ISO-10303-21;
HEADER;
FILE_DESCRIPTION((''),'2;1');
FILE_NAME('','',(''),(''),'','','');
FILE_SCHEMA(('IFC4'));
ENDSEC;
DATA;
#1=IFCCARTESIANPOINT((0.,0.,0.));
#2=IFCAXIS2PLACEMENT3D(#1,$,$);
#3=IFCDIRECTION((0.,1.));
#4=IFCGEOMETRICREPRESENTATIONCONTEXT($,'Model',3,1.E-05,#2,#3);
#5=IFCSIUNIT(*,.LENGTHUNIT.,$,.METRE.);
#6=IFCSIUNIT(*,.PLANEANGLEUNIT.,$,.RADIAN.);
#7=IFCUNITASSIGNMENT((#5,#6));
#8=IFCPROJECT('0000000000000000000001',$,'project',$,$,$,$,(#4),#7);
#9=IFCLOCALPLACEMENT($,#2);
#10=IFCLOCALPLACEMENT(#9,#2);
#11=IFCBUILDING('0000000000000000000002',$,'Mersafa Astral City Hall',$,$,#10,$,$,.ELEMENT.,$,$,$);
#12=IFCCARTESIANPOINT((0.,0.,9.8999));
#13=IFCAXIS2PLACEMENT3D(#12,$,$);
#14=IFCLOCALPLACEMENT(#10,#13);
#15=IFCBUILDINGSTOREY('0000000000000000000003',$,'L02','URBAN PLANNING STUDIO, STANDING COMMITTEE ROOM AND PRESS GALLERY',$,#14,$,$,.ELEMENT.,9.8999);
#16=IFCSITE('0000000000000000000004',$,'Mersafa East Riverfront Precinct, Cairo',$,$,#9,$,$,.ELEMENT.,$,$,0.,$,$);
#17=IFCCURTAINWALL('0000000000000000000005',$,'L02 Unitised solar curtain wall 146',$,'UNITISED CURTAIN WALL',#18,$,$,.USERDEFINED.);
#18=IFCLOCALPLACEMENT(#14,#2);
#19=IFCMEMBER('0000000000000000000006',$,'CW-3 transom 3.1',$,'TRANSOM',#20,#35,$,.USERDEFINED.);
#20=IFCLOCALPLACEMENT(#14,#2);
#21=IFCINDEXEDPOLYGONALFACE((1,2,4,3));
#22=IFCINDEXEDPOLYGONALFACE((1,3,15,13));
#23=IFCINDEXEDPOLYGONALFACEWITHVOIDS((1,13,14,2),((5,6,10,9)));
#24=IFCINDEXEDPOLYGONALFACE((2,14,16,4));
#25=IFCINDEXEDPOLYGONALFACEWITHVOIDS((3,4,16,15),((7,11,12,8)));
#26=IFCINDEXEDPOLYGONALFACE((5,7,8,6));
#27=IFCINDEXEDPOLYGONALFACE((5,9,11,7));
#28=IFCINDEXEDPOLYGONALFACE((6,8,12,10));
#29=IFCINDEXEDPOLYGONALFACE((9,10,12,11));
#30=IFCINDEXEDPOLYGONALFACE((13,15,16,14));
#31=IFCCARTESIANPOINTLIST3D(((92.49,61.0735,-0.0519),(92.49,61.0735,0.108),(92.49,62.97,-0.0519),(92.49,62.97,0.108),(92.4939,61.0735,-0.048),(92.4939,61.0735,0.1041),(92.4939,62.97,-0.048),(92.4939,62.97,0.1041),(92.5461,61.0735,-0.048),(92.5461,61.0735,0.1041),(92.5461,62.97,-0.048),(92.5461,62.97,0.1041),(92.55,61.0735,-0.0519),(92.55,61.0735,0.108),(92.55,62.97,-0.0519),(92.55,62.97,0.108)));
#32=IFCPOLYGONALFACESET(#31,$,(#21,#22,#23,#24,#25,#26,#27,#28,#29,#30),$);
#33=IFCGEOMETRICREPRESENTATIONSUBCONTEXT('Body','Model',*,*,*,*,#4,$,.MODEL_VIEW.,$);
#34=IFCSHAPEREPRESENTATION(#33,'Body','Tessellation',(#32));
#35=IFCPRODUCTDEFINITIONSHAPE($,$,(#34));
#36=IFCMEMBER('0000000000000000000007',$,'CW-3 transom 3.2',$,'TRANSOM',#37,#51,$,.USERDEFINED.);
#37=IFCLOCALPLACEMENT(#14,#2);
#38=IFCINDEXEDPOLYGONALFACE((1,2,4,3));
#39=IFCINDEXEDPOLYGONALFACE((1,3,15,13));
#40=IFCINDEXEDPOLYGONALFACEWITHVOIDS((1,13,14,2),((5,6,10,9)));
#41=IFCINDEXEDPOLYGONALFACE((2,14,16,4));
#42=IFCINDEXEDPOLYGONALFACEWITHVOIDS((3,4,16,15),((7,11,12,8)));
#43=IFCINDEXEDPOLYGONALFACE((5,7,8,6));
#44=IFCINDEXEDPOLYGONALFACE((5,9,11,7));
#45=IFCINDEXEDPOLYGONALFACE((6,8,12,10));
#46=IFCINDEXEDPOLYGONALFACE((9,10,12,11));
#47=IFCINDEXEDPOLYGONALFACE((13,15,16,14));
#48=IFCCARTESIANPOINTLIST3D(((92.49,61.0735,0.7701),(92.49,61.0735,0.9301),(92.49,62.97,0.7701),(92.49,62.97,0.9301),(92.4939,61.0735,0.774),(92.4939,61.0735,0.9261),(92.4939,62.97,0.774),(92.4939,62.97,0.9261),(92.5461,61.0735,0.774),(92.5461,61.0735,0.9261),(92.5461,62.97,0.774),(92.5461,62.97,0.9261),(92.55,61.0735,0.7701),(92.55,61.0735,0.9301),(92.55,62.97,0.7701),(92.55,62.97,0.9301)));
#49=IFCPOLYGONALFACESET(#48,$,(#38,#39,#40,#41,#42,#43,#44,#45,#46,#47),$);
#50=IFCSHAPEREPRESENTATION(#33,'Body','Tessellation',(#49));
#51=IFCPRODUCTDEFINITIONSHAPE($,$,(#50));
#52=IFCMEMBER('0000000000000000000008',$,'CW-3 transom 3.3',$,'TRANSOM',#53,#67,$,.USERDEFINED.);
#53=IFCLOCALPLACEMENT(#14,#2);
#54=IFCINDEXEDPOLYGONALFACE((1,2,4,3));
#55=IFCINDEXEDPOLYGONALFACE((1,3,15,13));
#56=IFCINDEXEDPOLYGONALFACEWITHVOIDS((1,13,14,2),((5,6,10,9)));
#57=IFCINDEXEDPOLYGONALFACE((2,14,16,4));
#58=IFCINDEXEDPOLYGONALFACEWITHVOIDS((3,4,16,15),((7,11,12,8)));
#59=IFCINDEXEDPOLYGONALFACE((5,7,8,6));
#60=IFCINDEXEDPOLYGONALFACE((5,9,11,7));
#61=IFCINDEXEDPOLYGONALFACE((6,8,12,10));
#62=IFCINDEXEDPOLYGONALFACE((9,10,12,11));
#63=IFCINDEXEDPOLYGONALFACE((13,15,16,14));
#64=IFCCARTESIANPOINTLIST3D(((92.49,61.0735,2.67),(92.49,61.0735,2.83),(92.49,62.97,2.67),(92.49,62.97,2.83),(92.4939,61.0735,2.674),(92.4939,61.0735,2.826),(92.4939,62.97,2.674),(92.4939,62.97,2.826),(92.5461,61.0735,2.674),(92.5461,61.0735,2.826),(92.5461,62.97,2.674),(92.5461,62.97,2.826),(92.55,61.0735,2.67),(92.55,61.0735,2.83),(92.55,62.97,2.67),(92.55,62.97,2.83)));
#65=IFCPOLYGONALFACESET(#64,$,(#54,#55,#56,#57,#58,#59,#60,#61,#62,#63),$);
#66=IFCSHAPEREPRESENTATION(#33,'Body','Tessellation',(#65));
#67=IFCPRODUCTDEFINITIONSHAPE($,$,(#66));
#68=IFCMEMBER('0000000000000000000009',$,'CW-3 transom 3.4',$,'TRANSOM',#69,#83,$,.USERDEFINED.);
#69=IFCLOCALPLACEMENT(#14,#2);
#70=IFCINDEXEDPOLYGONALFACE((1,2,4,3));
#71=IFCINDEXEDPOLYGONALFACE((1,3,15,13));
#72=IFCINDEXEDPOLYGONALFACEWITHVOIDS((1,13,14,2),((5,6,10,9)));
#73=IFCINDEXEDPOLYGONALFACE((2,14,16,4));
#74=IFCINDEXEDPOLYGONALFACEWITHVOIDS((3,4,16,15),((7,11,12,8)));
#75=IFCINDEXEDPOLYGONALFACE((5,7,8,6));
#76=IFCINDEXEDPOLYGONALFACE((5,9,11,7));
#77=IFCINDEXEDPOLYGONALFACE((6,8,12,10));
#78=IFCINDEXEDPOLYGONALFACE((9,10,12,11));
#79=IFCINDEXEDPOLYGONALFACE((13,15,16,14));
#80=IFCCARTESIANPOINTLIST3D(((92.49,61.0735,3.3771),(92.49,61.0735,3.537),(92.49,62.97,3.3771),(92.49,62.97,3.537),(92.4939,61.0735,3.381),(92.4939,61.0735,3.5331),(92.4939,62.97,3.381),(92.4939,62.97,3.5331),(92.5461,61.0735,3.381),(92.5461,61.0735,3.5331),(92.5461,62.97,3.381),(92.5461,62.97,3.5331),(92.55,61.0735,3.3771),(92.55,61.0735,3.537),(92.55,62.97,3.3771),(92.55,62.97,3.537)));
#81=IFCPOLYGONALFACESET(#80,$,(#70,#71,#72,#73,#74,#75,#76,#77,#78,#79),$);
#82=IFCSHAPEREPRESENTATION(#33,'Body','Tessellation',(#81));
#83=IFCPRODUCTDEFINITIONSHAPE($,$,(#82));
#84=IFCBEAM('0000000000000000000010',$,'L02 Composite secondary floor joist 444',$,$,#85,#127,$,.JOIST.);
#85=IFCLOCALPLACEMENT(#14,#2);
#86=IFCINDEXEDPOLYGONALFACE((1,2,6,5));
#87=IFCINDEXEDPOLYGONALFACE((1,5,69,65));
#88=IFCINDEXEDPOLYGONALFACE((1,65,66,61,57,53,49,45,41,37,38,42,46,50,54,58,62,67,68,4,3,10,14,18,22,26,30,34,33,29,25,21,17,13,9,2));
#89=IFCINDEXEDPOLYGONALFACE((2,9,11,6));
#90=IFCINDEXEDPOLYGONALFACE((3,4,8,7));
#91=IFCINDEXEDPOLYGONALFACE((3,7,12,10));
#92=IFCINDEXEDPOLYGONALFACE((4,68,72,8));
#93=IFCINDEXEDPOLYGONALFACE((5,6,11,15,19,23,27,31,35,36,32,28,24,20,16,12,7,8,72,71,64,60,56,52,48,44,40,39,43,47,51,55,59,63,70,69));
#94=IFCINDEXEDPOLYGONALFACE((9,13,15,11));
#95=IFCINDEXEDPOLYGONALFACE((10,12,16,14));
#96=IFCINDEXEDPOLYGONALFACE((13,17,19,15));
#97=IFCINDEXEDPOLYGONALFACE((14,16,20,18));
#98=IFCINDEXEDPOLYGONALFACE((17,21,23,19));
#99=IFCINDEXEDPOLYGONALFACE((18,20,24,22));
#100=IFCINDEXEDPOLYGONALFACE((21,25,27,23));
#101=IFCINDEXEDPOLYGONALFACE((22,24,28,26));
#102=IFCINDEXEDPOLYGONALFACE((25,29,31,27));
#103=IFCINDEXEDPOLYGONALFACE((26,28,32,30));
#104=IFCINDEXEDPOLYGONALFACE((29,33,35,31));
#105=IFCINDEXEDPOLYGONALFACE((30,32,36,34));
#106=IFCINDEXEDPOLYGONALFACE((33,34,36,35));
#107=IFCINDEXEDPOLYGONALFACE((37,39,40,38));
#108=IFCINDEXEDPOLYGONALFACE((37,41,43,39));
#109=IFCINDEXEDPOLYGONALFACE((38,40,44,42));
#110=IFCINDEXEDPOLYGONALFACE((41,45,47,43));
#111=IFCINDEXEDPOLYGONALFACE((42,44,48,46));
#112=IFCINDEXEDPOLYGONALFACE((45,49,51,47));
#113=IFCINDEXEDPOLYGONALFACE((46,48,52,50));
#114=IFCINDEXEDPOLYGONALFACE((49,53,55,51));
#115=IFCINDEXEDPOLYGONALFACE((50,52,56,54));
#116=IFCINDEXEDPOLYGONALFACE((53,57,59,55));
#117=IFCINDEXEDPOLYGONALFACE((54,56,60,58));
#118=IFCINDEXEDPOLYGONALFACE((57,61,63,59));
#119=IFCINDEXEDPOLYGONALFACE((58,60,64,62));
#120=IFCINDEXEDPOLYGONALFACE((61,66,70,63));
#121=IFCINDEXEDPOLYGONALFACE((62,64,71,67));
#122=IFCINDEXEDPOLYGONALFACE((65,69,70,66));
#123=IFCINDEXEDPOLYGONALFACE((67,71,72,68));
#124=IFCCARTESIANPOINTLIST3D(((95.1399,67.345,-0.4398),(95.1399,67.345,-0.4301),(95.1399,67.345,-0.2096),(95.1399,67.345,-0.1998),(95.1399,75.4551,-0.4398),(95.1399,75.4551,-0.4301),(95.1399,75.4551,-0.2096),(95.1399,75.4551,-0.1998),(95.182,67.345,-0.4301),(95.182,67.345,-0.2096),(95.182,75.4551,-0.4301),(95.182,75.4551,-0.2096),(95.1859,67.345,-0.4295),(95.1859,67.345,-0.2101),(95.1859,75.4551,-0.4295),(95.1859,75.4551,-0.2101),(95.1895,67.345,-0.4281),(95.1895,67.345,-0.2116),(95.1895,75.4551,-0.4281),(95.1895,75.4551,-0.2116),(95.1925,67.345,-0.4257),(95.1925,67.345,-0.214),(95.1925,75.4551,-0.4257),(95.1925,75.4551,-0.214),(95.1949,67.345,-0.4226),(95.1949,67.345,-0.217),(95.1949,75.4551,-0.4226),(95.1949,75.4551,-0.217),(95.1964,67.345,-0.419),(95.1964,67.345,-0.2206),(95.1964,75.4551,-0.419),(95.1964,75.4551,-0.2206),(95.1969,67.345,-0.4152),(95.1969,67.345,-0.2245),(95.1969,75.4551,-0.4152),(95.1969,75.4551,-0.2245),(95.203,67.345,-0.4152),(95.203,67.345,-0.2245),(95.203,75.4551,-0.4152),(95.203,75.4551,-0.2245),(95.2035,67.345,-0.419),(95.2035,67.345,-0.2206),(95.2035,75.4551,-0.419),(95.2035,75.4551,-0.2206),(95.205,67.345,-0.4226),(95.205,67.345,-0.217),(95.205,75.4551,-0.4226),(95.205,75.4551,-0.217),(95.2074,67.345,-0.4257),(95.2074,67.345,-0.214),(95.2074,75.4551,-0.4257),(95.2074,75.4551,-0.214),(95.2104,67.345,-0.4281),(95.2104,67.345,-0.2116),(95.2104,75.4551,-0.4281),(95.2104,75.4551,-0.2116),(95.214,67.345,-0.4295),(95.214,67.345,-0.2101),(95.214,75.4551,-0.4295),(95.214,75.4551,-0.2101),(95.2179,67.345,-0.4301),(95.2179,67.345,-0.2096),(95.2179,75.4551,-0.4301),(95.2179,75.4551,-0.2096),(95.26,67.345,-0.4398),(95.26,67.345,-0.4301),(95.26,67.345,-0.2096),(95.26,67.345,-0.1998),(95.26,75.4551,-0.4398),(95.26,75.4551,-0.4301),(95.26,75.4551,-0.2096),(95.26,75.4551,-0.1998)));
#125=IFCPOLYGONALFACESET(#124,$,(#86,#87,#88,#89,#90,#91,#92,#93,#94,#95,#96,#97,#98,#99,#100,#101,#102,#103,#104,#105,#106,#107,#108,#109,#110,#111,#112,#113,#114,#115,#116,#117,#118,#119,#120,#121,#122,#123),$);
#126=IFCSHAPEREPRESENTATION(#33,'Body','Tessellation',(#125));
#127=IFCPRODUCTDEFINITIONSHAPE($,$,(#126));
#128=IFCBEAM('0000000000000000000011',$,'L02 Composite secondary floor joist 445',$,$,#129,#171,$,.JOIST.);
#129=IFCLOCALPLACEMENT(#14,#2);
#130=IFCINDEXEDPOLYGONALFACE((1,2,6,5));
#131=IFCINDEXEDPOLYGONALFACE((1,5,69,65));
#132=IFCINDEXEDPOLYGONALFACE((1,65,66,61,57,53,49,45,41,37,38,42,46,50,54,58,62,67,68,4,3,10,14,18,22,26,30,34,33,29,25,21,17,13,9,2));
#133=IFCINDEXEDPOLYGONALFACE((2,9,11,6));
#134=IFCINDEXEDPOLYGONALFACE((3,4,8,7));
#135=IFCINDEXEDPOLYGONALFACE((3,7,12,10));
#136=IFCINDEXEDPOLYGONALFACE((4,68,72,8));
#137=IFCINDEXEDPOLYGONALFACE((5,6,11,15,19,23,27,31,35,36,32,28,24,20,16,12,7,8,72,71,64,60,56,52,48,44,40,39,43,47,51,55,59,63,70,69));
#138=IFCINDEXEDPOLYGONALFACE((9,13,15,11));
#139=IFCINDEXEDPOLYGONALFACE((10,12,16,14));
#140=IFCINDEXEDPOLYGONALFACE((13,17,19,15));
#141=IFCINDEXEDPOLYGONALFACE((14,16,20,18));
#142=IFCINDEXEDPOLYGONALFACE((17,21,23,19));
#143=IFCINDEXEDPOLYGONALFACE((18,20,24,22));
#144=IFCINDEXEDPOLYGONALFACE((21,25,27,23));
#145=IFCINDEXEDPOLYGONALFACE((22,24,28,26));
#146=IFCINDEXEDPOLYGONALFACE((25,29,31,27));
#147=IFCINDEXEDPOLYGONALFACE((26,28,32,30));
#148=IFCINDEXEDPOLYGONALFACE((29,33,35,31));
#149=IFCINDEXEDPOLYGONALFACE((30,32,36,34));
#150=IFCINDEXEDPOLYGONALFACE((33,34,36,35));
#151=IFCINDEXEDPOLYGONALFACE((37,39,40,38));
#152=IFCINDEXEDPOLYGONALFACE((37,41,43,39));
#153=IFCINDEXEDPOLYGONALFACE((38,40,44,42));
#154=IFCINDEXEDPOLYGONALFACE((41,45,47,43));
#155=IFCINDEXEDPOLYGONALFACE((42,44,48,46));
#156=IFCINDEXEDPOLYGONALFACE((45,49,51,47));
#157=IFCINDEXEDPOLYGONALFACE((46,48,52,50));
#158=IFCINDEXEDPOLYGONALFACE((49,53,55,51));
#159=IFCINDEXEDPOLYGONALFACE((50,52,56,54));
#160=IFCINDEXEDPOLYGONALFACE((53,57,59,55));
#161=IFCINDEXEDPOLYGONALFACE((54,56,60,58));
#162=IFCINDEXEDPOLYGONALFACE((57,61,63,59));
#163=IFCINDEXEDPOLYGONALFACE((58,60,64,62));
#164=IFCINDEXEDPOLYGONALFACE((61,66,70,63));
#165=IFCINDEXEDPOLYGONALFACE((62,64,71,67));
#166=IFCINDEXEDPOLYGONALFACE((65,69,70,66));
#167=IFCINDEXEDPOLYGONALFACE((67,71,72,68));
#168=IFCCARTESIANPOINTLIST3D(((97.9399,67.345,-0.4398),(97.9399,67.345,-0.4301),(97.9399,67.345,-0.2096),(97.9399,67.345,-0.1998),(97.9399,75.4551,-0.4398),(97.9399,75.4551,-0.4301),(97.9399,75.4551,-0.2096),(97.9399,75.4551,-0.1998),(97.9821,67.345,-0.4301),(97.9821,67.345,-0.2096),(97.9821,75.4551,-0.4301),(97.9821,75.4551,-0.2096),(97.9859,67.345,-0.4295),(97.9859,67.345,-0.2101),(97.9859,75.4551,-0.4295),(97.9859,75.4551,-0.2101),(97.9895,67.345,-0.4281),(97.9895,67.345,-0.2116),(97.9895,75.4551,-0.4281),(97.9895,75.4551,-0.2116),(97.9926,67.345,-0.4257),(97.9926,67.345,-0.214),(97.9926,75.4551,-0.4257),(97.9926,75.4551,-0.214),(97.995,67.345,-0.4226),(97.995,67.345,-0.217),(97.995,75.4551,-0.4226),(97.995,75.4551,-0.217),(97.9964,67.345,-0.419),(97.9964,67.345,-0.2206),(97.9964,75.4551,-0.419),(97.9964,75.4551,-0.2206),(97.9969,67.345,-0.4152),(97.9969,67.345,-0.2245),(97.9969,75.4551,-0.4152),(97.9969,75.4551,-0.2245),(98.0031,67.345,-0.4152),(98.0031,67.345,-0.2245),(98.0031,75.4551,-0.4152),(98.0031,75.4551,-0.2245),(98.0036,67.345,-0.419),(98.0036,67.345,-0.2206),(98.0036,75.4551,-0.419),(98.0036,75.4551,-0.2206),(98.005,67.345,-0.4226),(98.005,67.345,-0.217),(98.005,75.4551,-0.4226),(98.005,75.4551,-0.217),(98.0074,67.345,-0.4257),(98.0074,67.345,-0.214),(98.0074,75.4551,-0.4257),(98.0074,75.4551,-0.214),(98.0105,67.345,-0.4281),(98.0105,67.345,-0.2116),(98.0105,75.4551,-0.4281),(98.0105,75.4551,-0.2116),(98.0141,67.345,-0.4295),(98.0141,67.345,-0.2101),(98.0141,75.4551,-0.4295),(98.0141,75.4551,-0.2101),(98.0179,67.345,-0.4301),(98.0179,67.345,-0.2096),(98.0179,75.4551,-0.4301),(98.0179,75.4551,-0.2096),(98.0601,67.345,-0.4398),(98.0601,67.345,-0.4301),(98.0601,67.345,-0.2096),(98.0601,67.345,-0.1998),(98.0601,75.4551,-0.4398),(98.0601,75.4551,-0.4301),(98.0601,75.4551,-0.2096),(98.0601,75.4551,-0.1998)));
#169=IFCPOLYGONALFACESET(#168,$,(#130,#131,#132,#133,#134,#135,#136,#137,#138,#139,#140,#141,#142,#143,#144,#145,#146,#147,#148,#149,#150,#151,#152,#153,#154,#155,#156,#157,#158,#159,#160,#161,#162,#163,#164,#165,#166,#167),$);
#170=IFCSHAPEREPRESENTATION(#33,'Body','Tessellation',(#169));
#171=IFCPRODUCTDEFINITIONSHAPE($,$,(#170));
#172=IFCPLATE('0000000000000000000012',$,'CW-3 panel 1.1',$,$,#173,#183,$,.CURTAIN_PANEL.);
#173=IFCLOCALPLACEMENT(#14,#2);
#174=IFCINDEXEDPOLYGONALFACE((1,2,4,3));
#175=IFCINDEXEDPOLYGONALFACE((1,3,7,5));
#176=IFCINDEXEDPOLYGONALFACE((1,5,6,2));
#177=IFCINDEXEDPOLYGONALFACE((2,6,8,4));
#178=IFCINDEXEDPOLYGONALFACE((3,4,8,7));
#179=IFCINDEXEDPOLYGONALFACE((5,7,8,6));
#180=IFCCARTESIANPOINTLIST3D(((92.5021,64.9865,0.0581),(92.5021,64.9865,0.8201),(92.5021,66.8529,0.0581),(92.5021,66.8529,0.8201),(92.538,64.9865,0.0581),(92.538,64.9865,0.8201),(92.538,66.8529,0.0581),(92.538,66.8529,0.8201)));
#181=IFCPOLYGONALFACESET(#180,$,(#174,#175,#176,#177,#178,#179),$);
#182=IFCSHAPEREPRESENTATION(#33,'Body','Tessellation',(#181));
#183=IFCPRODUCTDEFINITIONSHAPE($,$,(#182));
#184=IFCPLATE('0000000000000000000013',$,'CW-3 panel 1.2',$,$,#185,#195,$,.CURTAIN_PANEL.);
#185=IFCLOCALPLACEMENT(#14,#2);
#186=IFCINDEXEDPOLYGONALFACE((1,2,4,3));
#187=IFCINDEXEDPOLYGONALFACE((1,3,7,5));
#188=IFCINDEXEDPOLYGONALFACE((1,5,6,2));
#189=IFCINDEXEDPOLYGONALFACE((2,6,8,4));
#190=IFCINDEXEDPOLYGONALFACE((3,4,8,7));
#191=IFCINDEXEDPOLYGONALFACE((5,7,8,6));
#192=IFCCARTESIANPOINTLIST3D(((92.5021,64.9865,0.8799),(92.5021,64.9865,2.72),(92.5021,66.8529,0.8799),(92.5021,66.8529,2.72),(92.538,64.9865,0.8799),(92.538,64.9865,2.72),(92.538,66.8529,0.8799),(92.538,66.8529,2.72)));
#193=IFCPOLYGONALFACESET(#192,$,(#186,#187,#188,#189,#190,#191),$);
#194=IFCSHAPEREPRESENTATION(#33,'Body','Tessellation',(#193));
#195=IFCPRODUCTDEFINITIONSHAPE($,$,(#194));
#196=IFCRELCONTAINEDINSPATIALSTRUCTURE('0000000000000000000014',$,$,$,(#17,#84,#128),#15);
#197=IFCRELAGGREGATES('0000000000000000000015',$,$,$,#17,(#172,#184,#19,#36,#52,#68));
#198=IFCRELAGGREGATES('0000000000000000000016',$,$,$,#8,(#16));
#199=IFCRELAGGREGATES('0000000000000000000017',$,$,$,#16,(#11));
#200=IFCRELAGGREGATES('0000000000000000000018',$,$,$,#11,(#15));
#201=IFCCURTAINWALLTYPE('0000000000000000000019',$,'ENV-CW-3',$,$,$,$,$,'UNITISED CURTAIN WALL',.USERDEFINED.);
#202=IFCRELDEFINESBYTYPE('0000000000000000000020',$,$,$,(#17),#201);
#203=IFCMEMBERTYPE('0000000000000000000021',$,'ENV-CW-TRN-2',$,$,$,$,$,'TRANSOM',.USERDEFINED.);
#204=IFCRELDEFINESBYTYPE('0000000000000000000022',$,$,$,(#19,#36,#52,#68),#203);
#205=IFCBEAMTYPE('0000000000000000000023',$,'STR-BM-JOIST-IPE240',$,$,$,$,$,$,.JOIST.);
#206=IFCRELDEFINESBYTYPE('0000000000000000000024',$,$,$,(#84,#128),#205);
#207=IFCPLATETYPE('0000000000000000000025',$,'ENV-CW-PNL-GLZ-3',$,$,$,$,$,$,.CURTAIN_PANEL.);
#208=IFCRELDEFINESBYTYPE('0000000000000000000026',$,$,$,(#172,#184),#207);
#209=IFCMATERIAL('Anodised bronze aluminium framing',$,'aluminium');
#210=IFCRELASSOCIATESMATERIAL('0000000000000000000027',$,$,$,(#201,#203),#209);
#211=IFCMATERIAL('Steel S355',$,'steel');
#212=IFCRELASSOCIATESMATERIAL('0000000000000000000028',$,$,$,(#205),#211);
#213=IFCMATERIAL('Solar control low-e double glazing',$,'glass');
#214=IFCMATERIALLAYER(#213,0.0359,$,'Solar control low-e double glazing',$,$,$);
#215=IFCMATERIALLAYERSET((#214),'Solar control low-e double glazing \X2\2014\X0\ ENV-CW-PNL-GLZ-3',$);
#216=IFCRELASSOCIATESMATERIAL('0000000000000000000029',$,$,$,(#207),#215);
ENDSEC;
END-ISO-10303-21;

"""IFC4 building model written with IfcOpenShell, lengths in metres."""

from ifc_helpers import new_model, si_unit, direction, frame, origin, origin_2d, place, context, subcontext, project, spatial, rectangle, hollow_rectangle, i_section, extrude, material, layer, layer_set, material_profile, profile_set, type_object, element, aggregate, save


model = new_model("IFC4")

# Units and contexts
model_context = context("Model", 3, precision=1e-05, world=origin(), true_north=direction((0.0, 1.0)))
body_context = subcontext(model_context, "Body", "Model", "MODEL_VIEW")
ifc_project = project(units=[si_unit("LENGTHUNIT", "METRE"), si_unit("PLANEANGLEUNIT", "RADIAN")], contexts=[model_context])

# Site, building, storey
site_placement = place(None, origin())
site = spatial("IfcSite", under=ifc_project, at=site_placement, Name="Mersafa East Riverfront Precinct, Cairo", CompositionType="ELEMENT", RefElevation=0.0)
building_placement = place(site_placement, origin())
building = spatial("IfcBuilding", under=site, at=building_placement, Name="Mersafa Astral City Hall", CompositionType="ELEMENT")
storey_placement = place(building_placement, frame((0.0, 0.0, 9.8999)))
storey = spatial("IfcBuildingStorey", under=building, at=storey_placement, Name="L02", Description="URBAN PLANNING STUDIO, STANDING COMMITTEE ROOM AND PRESS GALLERY", CompositionType="ELEMENT", Elevation=9.8999)

# Curtain wall, members
ifc_material_1 = material(Name="Anodised bronze aluminium framing", Category="aluminium")
curtain_wall_type = type_object("IfcCurtainWallType", Name="ENV-CW-3", ElementType="UNITISED CURTAIN WALL", PredefinedType="USERDEFINED", material=ifc_material_1)
curtain_wall_placement = place(storey_placement, origin())
curtain_wall = element("IfcCurtainWall", 1, at=curtain_wall_placement, inside=storey, type_object=curtain_wall_type, Name="L02 Unitised solar curtain wall 146", ObjectType="UNITISED CURTAIN WALL", PredefinedType="USERDEFINED")
ifc_material_profile_1 = material_profile(ifc_material_1, hollow_rectangle(XDim=0.0601, YDim=0.1599, WallThickness=0.0039, at=origin_2d()), Name="RHS 60x160x4")
ifc_profile_set_1 = profile_set([ifc_material_profile_1], Name="Anodised bronze aluminium framing")
member_type_1 = type_object("IfcMemberType", Name="ENV-CW-TRN-2", ElementType="TRANSOM", PredefinedType="USERDEFINED", material=ifc_profile_set_1)
member_1_placement = place(storey_placement, frame((92.52, 62.97, 0.0281), z_axis=(0.0, -1.0, 0.0), x_axis=(1.0, 0.0, 0.0)))
member_1 = element("IfcMember", 2, at=member_1_placement, type_object=member_type_1, Name="CW-3 transom 3.1", ObjectType="TRANSOM", PredefinedType="USERDEFINED", context=body_context, shape_type="SweptSolid", body=[
    extrude(hollow_rectangle(XDim=0.0601, YDim=0.1599, WallThickness=0.0039, at=origin_2d()), origin(), (0.0, 0.0, 1.0), 1.8965),
])
member_2_placement = place(storey_placement, frame((92.52, 62.97, 0.8501), z_axis=(0.0, -1.0, 0.0), x_axis=(1.0, 0.0, 0.0)))
member_2 = element("IfcMember", 3, at=member_2_placement, type_object=member_type_1, Name="CW-3 transom 3.2", ObjectType="TRANSOM", PredefinedType="USERDEFINED", context=body_context, shape_type="SweptSolid", body=[
    extrude(hollow_rectangle(XDim=0.0601, YDim=0.1599, WallThickness=0.0039, at=origin_2d()), origin(), (0.0, 0.0, 1.0), 1.8965),
])
member_3_placement = place(storey_placement, frame((92.52, 62.97, 2.75), z_axis=(0.0, -1.0, 0.0), x_axis=(1.0, 0.0, 0.0)))
member_3 = element("IfcMember", 4, at=member_3_placement, type_object=member_type_1, Name="CW-3 transom 3.3", ObjectType="TRANSOM", PredefinedType="USERDEFINED", context=body_context, shape_type="SweptSolid", body=[
    extrude(hollow_rectangle(XDim=0.0601, YDim=0.1599, WallThickness=0.0039, at=origin_2d()), origin(), (0.0, 0.0, 1.0), 1.8965),
])
member_4_placement = place(storey_placement, frame((92.52, 62.97, 3.457), z_axis=(0.0, -1.0, 0.0), x_axis=(1.0, 0.0, 0.0)))
member_4 = element("IfcMember", 5, at=member_4_placement, type_object=member_type_1, Name="CW-3 transom 3.4", ObjectType="TRANSOM", PredefinedType="USERDEFINED", context=body_context, shape_type="SweptSolid", body=[
    extrude(hollow_rectangle(XDim=0.0601, YDim=0.1599, WallThickness=0.0039, at=origin_2d()), origin(), (0.0, 0.0, 1.0), 1.8965),
])

# Beams
ifc_material_2 = material(Name="Steel S355", Category="steel")
ifc_material_profile_2 = material_profile(ifc_material_2, i_section(OverallWidth=0.1201, OverallDepth=0.24, WebThickness=0.0061, FlangeThickness=0.0098, FilletRadius=0.0149, at=origin_2d()), Name="IPE 240")
ifc_profile_set_2 = profile_set([ifc_material_profile_2], Name="Steel S355")
beam_type = type_object("IfcBeamType", Name="STR-BM-JOIST-IPE240", PredefinedType="JOIST", material=ifc_profile_set_2)
for number, where, z_axis, x_axis, name in (
    (6, (95.2, 67.345, -0.3198), (0.0, 1.0, 0.0), (-1.0, 0.0, 0.0), "L02 Composite secondary floor joist 444"),
    (7, (98.0, 67.345, -0.3198), (0.0, 1.0, 0.0), (-1.0, 0.0, 0.0), "L02 Composite secondary floor joist 445"),
):
    element("IfcBeam", number, at=place(storey_placement, frame(where, z_axis=z_axis, x_axis=x_axis)), inside=storey, type_object=beam_type, Name=name, PredefinedType="JOIST", context=body_context, shape_type="SweptSolid", body=[
        extrude(i_section(OverallWidth=0.1201, OverallDepth=0.24, WebThickness=0.0061, FlangeThickness=0.0098, FilletRadius=0.0149, at=origin_2d()), origin(), (0.0, 0.0, 1.0), 8.1101),
    ])

# Plates
ifc_material_3 = material(Name="Solar control low-e double glazing", Category="glass")
ifc_layer = layer(ifc_material_3, 0.0359, Name="Solar control low-e double glazing")
ifc_layer_set = layer_set([ifc_layer], Name="Solar control low-e double glazing — ENV-CW-PNL-GLZ-3")
plate_type = type_object("IfcPlateType", Name="ENV-CW-PNL-GLZ-3", PredefinedType="CURTAIN_PANEL", material=ifc_layer_set)
plate_1_placement = place(storey_placement, frame((92.52, 65.9197, 0.0581), z_axis=(0.0, 0.0, 1.0), x_axis=(0.0, -1.0, 0.0)))
plate_1 = element("IfcPlate", 8, at=plate_1_placement, type_object=plate_type, Name="CW-3 panel 1.1", PredefinedType="CURTAIN_PANEL", context=body_context, shape_type="SweptSolid", body=[
    extrude(rectangle(XDim=1.8665, YDim=0.0359, at=origin_2d()), origin(), (0.0, 0.0, 1.0), 0.762),
])
plate_2_placement = place(storey_placement, frame((92.52, 65.9197, 0.8799), z_axis=(0.0, 0.0, 1.0), x_axis=(0.0, -1.0, 0.0)))
plate_2 = element("IfcPlate", 9, at=plate_2_placement, type_object=plate_type, Name="CW-3 panel 1.2", PredefinedType="CURTAIN_PANEL", context=body_context, shape_type="SweptSolid", body=[
    extrude(rectangle(XDim=1.8665, YDim=0.0359, at=origin_2d()), origin(), (0.0, 0.0, 1.0), 1.8401),
])
aggregate(curtain_wall, [plate_1, plate_2, member_1, member_2, member_3, member_4])

save(model, "model.ifc")
